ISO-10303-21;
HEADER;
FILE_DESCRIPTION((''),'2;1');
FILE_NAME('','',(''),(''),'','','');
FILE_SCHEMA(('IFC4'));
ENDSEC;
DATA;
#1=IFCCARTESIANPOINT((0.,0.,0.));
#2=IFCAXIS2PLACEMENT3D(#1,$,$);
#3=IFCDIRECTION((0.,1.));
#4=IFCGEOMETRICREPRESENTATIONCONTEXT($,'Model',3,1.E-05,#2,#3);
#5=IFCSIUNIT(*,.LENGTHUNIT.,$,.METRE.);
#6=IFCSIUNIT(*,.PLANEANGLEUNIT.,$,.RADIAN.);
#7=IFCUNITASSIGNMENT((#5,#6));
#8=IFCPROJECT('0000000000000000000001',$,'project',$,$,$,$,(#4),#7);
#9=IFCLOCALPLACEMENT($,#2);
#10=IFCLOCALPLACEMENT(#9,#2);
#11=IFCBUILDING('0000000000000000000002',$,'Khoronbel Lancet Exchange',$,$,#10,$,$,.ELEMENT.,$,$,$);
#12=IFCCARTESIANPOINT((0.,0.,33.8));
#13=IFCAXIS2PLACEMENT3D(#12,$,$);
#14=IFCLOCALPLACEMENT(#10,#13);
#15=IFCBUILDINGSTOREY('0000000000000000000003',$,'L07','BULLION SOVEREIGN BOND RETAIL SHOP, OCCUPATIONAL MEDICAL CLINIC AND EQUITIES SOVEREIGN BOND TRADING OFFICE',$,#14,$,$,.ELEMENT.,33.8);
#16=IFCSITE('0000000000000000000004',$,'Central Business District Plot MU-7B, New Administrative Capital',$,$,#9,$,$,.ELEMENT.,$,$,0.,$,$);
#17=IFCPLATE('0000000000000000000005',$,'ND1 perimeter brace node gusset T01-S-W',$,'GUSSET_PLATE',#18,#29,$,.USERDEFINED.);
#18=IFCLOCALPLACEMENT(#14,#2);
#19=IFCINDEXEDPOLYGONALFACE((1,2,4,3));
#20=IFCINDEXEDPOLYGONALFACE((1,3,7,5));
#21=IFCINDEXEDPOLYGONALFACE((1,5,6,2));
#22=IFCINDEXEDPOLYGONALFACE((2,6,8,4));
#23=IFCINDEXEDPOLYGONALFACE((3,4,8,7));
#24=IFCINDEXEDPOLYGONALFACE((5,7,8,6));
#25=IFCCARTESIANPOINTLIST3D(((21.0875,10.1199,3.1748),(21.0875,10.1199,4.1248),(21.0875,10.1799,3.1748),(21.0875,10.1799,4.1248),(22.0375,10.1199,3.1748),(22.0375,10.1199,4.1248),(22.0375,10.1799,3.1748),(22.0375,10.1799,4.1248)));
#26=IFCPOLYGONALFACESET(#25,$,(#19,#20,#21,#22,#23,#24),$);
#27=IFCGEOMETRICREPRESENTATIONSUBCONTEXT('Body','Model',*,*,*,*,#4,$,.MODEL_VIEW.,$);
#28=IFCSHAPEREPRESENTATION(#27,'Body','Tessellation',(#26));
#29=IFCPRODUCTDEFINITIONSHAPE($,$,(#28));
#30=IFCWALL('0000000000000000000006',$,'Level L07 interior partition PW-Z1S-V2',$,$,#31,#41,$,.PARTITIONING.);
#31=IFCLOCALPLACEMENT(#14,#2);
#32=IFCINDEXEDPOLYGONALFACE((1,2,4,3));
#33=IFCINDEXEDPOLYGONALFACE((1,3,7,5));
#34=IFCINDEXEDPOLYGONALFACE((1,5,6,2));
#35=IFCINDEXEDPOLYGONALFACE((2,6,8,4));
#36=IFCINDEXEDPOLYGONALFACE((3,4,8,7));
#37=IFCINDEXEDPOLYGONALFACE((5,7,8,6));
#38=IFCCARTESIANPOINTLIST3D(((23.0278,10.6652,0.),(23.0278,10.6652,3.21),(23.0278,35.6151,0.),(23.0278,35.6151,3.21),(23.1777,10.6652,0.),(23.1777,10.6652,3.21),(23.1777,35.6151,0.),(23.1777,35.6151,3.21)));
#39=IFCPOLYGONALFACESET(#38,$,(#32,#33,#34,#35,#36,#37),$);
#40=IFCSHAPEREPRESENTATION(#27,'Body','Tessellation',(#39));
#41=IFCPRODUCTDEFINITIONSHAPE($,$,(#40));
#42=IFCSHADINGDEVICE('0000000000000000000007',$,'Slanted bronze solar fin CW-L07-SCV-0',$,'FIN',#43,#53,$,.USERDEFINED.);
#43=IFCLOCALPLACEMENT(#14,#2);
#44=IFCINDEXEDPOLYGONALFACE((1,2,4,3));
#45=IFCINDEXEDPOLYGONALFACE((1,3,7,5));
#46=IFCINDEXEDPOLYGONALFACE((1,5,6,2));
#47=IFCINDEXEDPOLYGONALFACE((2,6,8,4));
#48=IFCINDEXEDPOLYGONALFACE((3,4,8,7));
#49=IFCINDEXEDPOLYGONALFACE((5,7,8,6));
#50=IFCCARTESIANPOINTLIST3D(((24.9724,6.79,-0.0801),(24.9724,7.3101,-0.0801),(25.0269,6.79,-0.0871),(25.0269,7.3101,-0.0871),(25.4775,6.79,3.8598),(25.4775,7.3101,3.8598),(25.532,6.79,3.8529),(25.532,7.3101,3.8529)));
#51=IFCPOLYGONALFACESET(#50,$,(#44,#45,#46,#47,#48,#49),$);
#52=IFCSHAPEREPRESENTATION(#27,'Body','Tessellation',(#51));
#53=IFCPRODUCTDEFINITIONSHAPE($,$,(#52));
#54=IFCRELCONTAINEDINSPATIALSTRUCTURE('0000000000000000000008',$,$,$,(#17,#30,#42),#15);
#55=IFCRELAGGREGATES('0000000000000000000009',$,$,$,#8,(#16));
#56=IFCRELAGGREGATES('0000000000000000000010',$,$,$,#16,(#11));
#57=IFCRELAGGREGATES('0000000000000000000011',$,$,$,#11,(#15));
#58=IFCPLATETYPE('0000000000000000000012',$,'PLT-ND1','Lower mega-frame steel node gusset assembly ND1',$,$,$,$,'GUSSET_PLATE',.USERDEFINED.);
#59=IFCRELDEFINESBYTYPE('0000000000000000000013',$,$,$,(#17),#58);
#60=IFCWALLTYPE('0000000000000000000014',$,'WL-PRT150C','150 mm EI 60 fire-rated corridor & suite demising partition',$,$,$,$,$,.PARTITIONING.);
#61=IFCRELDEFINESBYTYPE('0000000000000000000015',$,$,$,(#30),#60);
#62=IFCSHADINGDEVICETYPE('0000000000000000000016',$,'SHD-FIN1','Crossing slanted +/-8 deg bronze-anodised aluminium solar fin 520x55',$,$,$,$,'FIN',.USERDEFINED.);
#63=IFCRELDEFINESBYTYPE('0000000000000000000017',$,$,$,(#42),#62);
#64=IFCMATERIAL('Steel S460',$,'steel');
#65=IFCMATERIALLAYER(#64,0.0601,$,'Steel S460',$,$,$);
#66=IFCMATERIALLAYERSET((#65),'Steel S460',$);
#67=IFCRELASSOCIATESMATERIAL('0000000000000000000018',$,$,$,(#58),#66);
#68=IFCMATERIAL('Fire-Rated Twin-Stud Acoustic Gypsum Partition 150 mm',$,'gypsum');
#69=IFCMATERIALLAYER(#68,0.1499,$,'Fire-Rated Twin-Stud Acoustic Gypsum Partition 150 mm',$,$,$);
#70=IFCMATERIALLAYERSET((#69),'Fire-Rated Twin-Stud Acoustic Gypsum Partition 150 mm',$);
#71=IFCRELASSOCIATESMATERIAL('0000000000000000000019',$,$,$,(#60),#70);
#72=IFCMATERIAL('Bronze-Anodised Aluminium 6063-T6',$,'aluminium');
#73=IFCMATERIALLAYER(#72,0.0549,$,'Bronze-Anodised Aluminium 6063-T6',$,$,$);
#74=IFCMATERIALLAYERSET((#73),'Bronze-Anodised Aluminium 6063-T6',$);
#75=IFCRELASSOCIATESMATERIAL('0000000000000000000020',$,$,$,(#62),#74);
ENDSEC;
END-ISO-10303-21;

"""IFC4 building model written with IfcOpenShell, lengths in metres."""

from ifc_helpers import new_model, si_unit, direction, frame, frame_2d, origin, origin_2d, place, context, subcontext, project, spatial, polyline, rectangle, outline, extrude, material, layer, layer_set, type_object, element, save


model = new_model("IFC4")

# Units and contexts
model_context = context("Model", 3, precision=1e-05, world=origin(), true_north=direction((0.0, 1.0)))
body_context = subcontext(model_context, "Body", "Model", "MODEL_VIEW")
ifc_project = project(units=[si_unit("LENGTHUNIT", "METRE"), si_unit("PLANEANGLEUNIT", "RADIAN")], contexts=[model_context])

# Site, building, storey
site_placement = place(None, origin())
site = spatial("IfcSite", under=ifc_project, at=site_placement, Name="Central Business District Plot MU-7B, New Administrative Capital", CompositionType="ELEMENT", RefElevation=0.0)
building_placement = place(site_placement, origin())
building = spatial("IfcBuilding", under=site, at=building_placement, Name="Khoronbel Lancet Exchange", CompositionType="ELEMENT")
storey_placement = place(building_placement, frame((0.0, 0.0, 33.8)))
storey = spatial("IfcBuildingStorey", under=building, at=storey_placement, Name="L07", Description="BULLION SOVEREIGN BOND RETAIL SHOP, OCCUPATIONAL MEDICAL CLINIC AND EQUITIES SOVEREIGN BOND TRADING OFFICE", CompositionType="ELEMENT", Elevation=33.8)

# Shared definitions
ifc_material_1 = material(Name="Steel S460", Category="steel")

# Shared definitions
ifc_material_2 = material(Name="Bronze-Anodised Aluminium 6063-T6", Category="aluminium")

# Plate
ifc_layer_1 = layer(ifc_material_1, 0.0601, Name="Steel S460")
ifc_layer_set_1 = layer_set([ifc_layer_1], Name="Steel S460")
plate_type_1 = type_object("IfcPlateType", Name="PLT-ND1", Description="Lower mega-frame steel node gusset assembly ND1", ElementType="GUSSET_PLATE", PredefinedType="USERDEFINED", material=ifc_layer_set_1)
plate_1_placement = place(storey_placement, frame((21.5625, 10.1499, 3.1748), z_axis=(0.0, 0.0, 1.0), x_axis=(1.0, 0.0, 0.0)))
element("IfcPlate", 1, at=plate_1_placement, inside=storey, type_object=plate_type_1, Name="ND1 perimeter brace node gusset T01-S-W", ObjectType="GUSSET_PLATE", PredefinedType="USERDEFINED", context=body_context, shape_type="SweptSolid", body=[
    extrude(rectangle(XDim=0.95, YDim=0.0601, at=origin_2d()), origin(), (0.0, 0.0, 1.0), 0.95),
])

# Wall
ifc_material_3 = material(Name="Fire-Rated Twin-Stud Acoustic Gypsum Partition 150 mm", Category="gypsum")
ifc_layer_2 = layer(ifc_material_3, 0.1499, Name="Fire-Rated Twin-Stud Acoustic Gypsum Partition 150 mm")
ifc_layer_set_2 = layer_set([ifc_layer_2], Name="Fire-Rated Twin-Stud Acoustic Gypsum Partition 150 mm")
wall_type = type_object("IfcWallType", Name="WL-PRT150C", Description="150 mm EI 60 fire-rated corridor & suite demising partition", PredefinedType="PARTITIONING", material=ifc_layer_set_2)
wall_placement = place(storey_placement, frame((23.1028, 10.665, 0.0), z_axis=(0.0, 0.0, 1.0), x_axis=(0.0, 1.0, 0.0)))
element("IfcWall", 2, at=wall_placement, inside=storey, type_object=wall_type, Name="Level L07 interior partition PW-Z1S-V2", PredefinedType="PARTITIONING", context=body_context, shape_type="SweptSolid", body=[
    extrude(rectangle(XDim=24.95, YDim=0.1499, at=frame_2d((12.4751, 0.0))), origin(), (0.0, 0.0, 1.0), 3.21),
])

# Shading device
ifc_layer_3 = layer(ifc_material_2, 0.0549, Name="Bronze-Anodised Aluminium 6063-T6")
ifc_layer_set_3 = layer_set([ifc_layer_3], Name="Bronze-Anodised Aluminium 6063-T6")
shading_device_type = type_object("IfcShadingDeviceType", Name="SHD-FIN1", Description="Crossing slanted +/-8 deg bronze-anodised aluminium solar fin 520x55", ElementType="FIN", PredefinedType="USERDEFINED", material=ifc_layer_set_3)
shading_device_placement = place(storey_placement, frame((24.9724, 7.3101, -0.0801), z_axis=(-0.991881, 0.0, 0.127166), x_axis=(0.0, -1.0, 0.0)))
element("IfcShadingDevice", 3, at=shading_device_placement, inside=storey, type_object=shading_device_type, Name="Slanted bronze solar fin CW-L07-SCV-0", ObjectType="FIN", PredefinedType="USERDEFINED", context=body_context, shape_type="SweptSolid", body=[
    extrude(outline(polyline([(0.0, 0.0), (0.52, 0.0), (0.52, 3.9722), (0.0, 3.9722), (0.0, 0.0)])), origin(), (0.0, 0.0, -1.0), 0.0549),
])

save(model, "model.ifc")
